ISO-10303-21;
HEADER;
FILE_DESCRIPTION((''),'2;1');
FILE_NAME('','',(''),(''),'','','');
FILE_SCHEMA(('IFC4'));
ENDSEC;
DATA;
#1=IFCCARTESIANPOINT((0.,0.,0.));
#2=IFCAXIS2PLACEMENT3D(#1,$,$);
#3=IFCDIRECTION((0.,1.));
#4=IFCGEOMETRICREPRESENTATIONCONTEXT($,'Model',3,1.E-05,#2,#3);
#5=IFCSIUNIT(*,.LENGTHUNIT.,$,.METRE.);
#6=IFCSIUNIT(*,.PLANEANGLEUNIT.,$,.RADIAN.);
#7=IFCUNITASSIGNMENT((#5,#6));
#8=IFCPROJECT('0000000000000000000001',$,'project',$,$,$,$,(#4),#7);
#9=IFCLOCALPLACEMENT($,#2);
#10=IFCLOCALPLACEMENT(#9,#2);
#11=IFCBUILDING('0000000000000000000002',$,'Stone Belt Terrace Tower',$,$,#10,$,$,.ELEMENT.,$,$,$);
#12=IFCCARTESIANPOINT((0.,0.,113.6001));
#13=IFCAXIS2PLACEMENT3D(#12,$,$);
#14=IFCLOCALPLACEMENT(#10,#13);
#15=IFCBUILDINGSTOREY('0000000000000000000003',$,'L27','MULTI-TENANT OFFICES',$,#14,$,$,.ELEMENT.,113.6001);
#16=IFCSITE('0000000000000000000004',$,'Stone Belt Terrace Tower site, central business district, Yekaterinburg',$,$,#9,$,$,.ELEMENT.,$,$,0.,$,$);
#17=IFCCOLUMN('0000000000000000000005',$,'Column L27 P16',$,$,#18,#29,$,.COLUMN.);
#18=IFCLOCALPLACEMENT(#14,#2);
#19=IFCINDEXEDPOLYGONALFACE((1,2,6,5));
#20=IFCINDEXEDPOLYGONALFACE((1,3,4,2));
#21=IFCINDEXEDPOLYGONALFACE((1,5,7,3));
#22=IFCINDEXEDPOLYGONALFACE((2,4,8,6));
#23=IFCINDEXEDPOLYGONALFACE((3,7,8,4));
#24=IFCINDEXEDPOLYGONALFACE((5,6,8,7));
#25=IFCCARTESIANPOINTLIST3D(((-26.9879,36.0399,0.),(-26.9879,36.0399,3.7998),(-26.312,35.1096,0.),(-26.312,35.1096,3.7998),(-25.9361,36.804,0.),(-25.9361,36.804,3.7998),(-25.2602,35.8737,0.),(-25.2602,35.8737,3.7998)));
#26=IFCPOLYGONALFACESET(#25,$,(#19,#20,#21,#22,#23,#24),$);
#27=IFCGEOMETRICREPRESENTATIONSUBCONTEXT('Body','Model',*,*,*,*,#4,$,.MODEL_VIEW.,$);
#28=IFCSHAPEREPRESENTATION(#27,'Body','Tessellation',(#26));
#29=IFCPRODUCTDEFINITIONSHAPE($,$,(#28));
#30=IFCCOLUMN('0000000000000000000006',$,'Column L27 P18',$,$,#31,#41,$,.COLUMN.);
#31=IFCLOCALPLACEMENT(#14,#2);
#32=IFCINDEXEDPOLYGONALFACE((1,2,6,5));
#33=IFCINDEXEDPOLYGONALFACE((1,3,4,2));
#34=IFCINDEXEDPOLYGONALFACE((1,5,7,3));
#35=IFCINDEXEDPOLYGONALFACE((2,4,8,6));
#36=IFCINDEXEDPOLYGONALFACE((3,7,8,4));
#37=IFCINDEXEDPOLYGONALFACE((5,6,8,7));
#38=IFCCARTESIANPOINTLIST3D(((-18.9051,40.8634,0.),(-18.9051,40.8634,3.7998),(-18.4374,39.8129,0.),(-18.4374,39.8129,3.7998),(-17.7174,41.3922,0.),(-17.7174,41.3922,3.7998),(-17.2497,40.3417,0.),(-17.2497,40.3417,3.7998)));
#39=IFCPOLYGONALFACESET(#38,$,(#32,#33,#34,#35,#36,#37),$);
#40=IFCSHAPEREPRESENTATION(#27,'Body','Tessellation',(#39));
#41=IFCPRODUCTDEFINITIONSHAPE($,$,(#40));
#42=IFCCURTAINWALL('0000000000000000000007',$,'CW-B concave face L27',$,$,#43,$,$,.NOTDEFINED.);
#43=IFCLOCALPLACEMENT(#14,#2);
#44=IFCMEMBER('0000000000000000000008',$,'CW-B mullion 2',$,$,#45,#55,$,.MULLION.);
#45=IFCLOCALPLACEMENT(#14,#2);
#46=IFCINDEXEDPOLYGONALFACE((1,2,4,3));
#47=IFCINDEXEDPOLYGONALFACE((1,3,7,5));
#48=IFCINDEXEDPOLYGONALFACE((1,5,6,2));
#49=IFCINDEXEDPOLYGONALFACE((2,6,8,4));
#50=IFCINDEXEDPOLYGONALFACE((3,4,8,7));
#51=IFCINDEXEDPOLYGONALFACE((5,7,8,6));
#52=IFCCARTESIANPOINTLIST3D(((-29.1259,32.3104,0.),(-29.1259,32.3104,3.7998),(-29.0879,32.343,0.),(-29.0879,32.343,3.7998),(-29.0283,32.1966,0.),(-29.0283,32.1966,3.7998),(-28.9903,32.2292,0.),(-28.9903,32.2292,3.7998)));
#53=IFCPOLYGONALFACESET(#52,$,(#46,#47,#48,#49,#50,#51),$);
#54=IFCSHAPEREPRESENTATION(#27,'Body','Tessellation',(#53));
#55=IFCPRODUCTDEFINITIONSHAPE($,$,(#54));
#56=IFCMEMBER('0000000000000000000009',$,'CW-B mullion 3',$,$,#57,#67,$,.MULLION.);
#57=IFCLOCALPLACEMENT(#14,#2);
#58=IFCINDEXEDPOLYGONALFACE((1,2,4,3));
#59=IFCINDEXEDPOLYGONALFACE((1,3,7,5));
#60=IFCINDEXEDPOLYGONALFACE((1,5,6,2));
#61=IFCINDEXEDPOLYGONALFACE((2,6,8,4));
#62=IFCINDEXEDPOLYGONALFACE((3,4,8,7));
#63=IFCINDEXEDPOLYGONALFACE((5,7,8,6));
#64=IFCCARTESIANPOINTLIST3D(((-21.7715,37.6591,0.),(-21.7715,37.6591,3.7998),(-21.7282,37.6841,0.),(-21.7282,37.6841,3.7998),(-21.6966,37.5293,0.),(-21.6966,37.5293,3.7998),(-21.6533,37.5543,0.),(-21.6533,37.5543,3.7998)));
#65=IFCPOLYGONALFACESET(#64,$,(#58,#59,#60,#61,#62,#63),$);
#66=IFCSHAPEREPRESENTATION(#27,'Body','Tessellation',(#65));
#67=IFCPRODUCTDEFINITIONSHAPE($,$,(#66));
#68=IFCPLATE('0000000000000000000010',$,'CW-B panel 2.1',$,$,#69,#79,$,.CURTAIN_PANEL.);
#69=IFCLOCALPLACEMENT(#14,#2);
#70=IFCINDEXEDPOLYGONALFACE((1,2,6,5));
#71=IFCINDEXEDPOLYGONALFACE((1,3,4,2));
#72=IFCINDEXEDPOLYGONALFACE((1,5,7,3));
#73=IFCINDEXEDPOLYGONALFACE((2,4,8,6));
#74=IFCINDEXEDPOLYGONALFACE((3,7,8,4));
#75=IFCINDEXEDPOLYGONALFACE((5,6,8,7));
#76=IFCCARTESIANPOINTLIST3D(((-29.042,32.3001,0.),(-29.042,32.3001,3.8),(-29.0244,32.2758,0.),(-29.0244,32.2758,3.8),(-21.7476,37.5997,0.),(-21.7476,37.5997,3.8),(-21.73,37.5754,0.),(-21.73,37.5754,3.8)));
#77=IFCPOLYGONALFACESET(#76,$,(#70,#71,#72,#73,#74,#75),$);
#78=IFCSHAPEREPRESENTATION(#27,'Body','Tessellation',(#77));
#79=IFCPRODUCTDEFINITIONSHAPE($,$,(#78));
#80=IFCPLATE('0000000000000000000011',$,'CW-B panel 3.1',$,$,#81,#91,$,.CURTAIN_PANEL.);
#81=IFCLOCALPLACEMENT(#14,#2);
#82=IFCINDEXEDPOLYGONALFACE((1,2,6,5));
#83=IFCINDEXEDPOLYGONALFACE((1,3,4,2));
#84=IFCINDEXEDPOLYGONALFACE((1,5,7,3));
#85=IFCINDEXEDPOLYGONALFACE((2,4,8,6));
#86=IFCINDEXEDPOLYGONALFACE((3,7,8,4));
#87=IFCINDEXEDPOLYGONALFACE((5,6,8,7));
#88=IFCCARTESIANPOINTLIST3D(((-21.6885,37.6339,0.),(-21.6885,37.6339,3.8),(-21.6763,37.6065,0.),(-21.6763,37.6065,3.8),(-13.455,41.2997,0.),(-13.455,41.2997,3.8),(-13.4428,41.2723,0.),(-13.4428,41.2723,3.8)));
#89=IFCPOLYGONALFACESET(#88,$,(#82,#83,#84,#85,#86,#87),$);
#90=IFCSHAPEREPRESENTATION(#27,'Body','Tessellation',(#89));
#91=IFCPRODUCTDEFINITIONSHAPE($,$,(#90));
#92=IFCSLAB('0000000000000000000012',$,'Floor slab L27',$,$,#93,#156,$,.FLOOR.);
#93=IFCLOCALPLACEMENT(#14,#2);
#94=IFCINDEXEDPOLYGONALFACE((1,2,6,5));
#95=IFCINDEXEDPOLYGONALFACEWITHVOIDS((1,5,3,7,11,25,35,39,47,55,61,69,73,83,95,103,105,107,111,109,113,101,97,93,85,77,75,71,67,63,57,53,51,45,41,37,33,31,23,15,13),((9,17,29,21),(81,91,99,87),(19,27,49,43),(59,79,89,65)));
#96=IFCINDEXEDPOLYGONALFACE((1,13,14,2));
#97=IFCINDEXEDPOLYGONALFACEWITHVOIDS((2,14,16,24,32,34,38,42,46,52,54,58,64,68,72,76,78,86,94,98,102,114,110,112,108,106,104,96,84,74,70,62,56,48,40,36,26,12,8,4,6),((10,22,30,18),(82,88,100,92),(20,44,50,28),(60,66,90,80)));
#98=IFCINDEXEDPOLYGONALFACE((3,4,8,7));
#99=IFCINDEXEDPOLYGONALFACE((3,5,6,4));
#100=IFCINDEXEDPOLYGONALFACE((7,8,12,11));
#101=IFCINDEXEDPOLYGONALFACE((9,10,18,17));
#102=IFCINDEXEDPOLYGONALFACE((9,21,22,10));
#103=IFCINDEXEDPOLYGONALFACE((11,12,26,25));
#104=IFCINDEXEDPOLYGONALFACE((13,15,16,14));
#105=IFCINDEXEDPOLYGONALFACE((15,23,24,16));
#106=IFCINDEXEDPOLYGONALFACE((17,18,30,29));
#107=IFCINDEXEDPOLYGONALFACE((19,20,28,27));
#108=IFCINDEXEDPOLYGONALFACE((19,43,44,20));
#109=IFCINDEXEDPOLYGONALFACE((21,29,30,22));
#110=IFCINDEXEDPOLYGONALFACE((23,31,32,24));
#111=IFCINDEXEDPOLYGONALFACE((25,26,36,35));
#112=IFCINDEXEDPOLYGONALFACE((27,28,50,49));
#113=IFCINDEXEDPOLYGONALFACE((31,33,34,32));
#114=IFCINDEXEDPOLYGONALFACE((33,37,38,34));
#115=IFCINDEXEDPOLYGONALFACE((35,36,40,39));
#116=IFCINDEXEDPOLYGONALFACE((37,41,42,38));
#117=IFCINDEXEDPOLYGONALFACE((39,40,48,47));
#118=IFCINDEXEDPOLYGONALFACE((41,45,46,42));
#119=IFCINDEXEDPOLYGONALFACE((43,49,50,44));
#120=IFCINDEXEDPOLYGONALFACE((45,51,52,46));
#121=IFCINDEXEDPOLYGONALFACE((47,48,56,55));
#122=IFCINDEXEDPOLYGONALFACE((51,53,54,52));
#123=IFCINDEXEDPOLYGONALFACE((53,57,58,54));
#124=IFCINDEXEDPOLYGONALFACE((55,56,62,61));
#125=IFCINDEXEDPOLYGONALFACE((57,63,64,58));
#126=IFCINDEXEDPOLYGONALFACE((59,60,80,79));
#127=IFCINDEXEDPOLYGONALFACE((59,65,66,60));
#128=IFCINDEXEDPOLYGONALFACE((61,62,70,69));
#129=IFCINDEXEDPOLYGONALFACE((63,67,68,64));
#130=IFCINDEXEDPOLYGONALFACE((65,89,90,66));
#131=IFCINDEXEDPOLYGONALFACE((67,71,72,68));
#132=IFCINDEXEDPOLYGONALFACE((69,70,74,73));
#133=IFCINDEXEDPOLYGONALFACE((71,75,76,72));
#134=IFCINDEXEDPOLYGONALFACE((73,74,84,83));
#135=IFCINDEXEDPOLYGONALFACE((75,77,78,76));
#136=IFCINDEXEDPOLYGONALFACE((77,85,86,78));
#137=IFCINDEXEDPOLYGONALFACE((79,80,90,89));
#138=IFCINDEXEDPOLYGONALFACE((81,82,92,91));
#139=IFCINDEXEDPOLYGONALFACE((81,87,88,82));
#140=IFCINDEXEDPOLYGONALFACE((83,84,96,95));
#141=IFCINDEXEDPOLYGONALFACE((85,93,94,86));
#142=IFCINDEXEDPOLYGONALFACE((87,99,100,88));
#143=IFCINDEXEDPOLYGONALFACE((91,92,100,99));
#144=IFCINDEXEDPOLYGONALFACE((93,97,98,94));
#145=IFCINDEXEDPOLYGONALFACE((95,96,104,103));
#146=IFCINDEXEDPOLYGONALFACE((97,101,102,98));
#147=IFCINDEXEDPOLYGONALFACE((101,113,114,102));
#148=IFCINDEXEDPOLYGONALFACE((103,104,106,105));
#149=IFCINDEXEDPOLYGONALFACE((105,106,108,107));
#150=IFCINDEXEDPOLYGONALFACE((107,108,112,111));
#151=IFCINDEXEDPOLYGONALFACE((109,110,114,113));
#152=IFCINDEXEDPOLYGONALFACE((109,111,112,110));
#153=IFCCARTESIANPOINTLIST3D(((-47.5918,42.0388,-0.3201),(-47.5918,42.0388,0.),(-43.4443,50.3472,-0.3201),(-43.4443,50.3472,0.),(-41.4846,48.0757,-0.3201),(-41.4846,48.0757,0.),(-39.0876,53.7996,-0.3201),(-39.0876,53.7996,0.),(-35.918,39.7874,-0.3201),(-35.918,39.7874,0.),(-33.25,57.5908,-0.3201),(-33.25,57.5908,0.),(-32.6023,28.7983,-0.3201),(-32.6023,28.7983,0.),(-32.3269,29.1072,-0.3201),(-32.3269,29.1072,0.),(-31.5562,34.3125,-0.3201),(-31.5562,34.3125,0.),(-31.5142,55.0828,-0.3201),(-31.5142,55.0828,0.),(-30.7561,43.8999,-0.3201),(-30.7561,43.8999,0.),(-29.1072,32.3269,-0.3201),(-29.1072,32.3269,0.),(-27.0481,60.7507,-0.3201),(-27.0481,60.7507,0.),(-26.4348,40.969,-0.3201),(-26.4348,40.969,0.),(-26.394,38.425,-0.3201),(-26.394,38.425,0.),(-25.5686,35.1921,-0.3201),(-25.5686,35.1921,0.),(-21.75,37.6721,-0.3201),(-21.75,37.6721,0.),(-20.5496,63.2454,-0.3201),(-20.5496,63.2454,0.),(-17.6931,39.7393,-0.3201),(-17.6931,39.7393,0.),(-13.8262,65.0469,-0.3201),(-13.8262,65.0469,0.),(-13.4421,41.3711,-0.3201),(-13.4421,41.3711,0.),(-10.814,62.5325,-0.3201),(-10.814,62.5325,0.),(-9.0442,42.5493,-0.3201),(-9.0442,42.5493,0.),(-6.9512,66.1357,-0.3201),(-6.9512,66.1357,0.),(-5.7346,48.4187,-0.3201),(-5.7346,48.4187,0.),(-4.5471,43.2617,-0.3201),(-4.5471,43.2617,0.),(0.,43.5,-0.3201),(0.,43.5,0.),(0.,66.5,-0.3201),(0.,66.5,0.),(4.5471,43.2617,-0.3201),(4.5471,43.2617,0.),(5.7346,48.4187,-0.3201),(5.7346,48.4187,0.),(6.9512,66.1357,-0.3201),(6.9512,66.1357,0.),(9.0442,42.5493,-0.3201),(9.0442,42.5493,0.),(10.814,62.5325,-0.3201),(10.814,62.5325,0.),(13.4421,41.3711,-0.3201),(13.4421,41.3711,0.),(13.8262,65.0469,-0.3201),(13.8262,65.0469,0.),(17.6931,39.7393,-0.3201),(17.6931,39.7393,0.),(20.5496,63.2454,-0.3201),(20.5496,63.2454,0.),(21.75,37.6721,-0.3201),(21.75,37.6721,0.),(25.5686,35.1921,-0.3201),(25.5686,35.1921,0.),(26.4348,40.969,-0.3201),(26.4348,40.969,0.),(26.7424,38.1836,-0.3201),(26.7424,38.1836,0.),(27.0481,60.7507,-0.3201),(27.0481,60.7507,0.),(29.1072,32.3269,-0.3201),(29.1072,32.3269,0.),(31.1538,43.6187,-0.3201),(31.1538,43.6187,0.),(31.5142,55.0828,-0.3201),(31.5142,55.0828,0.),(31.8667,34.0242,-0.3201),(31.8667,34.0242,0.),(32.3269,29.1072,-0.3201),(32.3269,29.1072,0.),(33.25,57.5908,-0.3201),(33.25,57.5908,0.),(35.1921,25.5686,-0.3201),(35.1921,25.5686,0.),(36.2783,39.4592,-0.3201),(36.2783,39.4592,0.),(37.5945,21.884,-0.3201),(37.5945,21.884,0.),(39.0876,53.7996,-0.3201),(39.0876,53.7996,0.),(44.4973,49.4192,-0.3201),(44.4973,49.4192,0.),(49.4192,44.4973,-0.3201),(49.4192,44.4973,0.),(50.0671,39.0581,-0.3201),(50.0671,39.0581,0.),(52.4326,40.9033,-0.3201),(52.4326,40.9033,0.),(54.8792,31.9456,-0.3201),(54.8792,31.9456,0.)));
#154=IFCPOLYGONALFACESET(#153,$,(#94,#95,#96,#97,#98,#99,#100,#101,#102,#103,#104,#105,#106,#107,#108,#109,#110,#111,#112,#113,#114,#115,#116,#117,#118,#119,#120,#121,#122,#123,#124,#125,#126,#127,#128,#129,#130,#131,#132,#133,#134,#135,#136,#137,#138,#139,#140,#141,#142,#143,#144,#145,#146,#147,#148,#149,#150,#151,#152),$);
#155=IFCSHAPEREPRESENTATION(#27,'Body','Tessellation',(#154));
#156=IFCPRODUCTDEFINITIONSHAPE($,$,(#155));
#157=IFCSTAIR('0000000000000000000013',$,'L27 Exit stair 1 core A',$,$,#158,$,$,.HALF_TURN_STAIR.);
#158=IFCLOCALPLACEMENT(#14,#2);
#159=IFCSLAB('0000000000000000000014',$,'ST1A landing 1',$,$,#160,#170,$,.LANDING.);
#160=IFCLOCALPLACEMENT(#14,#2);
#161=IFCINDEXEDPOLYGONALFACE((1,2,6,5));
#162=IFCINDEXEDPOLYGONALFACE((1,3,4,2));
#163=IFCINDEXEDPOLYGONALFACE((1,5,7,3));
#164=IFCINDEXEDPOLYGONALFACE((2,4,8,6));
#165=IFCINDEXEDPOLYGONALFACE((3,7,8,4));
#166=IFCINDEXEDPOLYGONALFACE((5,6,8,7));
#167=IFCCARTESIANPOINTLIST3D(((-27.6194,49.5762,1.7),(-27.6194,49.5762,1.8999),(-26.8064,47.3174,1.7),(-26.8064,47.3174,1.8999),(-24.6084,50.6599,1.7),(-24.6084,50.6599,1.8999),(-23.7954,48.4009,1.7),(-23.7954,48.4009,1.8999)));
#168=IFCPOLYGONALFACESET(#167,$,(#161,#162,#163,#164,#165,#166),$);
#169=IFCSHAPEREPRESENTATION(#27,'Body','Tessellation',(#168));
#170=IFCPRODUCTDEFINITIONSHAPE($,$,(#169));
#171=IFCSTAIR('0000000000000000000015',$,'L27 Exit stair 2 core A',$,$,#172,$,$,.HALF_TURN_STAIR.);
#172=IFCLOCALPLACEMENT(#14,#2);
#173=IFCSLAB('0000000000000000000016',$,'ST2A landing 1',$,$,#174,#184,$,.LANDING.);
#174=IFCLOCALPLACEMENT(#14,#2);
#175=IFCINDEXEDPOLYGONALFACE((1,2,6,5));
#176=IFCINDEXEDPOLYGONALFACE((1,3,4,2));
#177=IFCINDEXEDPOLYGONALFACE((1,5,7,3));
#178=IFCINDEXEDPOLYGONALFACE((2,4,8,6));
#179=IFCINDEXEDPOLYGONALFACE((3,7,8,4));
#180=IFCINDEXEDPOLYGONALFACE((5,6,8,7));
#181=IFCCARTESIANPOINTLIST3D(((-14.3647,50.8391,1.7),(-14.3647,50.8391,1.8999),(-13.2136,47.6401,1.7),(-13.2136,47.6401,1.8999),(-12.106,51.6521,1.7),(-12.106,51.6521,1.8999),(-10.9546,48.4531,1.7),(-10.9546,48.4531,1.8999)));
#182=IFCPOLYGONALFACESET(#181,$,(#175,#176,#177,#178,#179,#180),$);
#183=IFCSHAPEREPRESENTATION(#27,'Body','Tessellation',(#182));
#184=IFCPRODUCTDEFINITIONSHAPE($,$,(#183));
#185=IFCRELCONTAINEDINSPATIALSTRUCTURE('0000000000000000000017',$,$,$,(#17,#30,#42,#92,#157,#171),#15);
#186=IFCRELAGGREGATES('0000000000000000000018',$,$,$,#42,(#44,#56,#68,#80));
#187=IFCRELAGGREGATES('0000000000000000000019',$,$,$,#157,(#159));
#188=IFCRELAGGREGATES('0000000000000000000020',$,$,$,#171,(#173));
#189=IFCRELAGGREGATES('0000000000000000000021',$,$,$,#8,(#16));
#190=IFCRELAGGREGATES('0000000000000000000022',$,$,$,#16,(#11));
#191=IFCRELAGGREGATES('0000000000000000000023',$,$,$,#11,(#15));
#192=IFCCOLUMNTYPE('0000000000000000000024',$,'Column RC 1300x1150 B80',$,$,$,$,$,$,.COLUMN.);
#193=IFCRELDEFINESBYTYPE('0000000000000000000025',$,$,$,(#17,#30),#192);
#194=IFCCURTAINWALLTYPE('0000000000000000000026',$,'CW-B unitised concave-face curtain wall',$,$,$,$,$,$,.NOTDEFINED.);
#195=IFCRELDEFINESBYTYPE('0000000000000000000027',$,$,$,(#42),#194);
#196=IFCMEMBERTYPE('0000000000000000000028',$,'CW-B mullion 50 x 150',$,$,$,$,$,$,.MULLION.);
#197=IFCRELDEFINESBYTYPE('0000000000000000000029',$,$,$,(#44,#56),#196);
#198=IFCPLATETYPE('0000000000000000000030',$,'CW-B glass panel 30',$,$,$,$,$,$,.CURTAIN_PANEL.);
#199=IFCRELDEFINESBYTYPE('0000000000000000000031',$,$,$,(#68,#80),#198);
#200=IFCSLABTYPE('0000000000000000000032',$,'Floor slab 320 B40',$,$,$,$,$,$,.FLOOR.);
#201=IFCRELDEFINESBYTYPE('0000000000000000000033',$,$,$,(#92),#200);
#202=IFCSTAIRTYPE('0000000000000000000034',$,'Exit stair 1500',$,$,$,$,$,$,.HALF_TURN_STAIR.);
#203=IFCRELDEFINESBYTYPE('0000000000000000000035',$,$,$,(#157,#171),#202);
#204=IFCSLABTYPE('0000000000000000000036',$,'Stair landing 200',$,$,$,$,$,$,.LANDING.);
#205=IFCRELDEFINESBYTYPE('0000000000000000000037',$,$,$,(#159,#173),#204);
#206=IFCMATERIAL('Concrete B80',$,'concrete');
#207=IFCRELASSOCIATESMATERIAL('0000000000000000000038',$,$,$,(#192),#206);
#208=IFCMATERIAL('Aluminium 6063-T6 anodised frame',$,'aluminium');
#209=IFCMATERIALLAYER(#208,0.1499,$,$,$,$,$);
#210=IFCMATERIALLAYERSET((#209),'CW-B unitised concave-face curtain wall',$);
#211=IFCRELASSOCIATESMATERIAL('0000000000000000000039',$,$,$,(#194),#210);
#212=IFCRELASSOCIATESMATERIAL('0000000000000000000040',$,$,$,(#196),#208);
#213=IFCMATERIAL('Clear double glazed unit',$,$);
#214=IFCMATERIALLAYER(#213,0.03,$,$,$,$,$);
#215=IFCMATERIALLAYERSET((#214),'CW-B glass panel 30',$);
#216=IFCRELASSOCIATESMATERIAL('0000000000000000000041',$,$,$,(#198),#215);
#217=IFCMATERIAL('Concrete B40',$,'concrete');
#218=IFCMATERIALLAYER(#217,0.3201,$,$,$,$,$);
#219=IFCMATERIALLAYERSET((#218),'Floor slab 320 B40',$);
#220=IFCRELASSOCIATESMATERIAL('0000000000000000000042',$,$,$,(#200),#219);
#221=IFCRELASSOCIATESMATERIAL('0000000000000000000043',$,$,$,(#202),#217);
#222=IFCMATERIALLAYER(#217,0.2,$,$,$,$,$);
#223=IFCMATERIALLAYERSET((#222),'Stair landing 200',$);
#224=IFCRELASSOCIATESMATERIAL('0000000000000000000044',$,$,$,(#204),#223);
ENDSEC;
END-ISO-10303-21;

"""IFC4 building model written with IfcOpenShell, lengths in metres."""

from ifc_helpers import new_model, si_unit, direction, frame, origin, origin_2d, place, context, subcontext, project, spatial, polyline, rectangle, outline, extrude, material, layer, layer_set, material_profile, profile_set, type_object, element, aggregate, save


model = new_model("IFC4")

# Units and contexts
model_context = context("Model", 3, precision=1e-05, world=origin(), true_north=direction((0.0, 1.0)))
body_context = subcontext(model_context, "Body", "Model", "MODEL_VIEW")
ifc_project = project(units=[si_unit("LENGTHUNIT", "METRE"), si_unit("PLANEANGLEUNIT", "RADIAN")], contexts=[model_context])

# Site, building, storey
site_placement = place(None, origin())
site = spatial("IfcSite", under=ifc_project, at=site_placement, Name="Stone Belt Terrace Tower site, central business district, Yekaterinburg", CompositionType="ELEMENT", RefElevation=0.0)
building_placement = place(site_placement, origin())
building = spatial("IfcBuilding", under=site, at=building_placement, Name="Stone Belt Terrace Tower", CompositionType="ELEMENT")
storey_placement = place(building_placement, frame((0.0, 0.0, 113.6001)))
storey = spatial("IfcBuildingStorey", under=building, at=storey_placement, Name="L27", Description="MULTI-TENANT OFFICES", CompositionType="ELEMENT", Elevation=113.6001)

# Columns
ifc_material_1 = material(Name="Concrete B80", Category="concrete")
ifc_material_profile_1 = material_profile(ifc_material_1, rectangle(XDim=1.3, YDim=1.1499, at=origin_2d()), Name="RC 1300x1150")
ifc_profile_set_1 = profile_set([ifc_material_profile_1], Name="Concrete B80")
column_type = type_object("IfcColumnType", Name="Column RC 1300x1150 B80", PredefinedType="COLUMN", material=ifc_profile_set_1)
for number, where, z_axis, x_axis, name in (
    (1, (-26.124, 35.9568, 0.0), (0.0, 0.0, 1.0), (0.809017, 0.587785, 0.0), "Column L27 P16"),
    (2, (-18.0774, 40.6025, 0.0), (0.0, 0.0, 1.0), (0.913545, 0.406737, 0.0), "Column L27 P18"),
):
    element("IfcColumn", number, at=place(storey_placement, frame(where, z_axis=z_axis, x_axis=x_axis)), inside=storey, type_object=column_type, Name=name, PredefinedType="COLUMN", context=body_context, shape_type="SweptSolid", body=[
        extrude(rectangle(XDim=1.3, YDim=1.1499, at=origin_2d()), origin(), (0.0, 0.0, 1.0), 3.7998),
    ])

# Curtain wall, members, plates
ifc_material_2 = material(Name="Aluminium 6063-T6 anodised frame", Category="aluminium")
ifc_layer_1 = layer(ifc_material_2, 0.1499)
ifc_layer_set_1 = layer_set([ifc_layer_1], Name="CW-B unitised concave-face curtain wall")
curtain_wall_type = type_object("IfcCurtainWallType", Name="CW-B unitised concave-face curtain wall", PredefinedType="NOTDEFINED", material=ifc_layer_set_1)
curtain_wall_placement = place(storey_placement, origin())
curtain_wall = element("IfcCurtainWall", 3, at=curtain_wall_placement, inside=storey, type_object=curtain_wall_type, Name="CW-B concave face L27", PredefinedType="NOTDEFINED")
ifc_material_profile_2 = material_profile(ifc_material_2, rectangle(XDim=0.1499, YDim=0.05, at=origin_2d()), Name="Aluminium 6063-T6 50x150")
ifc_profile_set_2 = profile_set([ifc_material_profile_2], Name="Aluminium 6063-T6 anodised frame")
member_type = type_object("IfcMemberType", Name="CW-B mullion 50 x 150", PredefinedType="MULLION", material=ifc_profile_set_2)
member_1_placement = place(storey_placement, frame((-29.0581, 32.2698, 0.0), z_axis=(0.0, 0.0, 1.0), x_axis=(-0.651255, 0.758859, 0.0)))
member_1 = element("IfcMember", 4, at=member_1_placement, type_object=member_type, Name="CW-B mullion 2", PredefinedType="MULLION", context=body_context, shape_type="SweptSolid", body=[
    extrude(rectangle(XDim=0.1499, YDim=0.05, at=origin_2d()), origin(), (0.0, 0.0, 1.0), 3.7998),
])
member_2_placement = place(storey_placement, frame((-21.7124, 37.6067, 0.0), z_axis=(0.0, 0.0, 1.0), x_axis=(-0.5, 0.866025, 0.0)))
member_2 = element("IfcMember", 5, at=member_2_placement, type_object=member_type, Name="CW-B mullion 3", PredefinedType="MULLION", context=body_context, shape_type="SweptSolid", body=[
    extrude(rectangle(XDim=0.1499, YDim=0.05, at=origin_2d()), origin(), (0.0, 0.0, 1.0), 3.7998),
])
ifc_material_3 = material(Name="Clear double glazed unit")
ifc_layer_2 = layer(ifc_material_3, 0.03)
ifc_layer_set_2 = layer_set([ifc_layer_2], Name="CW-B glass panel 30")
plate_type = type_object("IfcPlateType", Name="CW-B glass panel 30", PredefinedType="CURTAIN_PANEL", material=ifc_layer_set_2)
plate_1_placement = place(storey_placement, frame((-25.386, 34.9377, 0.0), z_axis=(0.0, 0.0, 1.0), x_axis=(0.809017, 0.587785, 0.0)))
plate_1 = element("IfcPlate", 6, at=plate_1_placement, type_object=plate_type, Name="CW-B panel 2.1", PredefinedType="CURTAIN_PANEL", context=body_context, shape_type="SweptSolid", body=[
    extrude(rectangle(XDim=9.0164, YDim=0.03, at=origin_2d()), origin(), (0.0, 0.0, 1.0), 3.8),
])
plate_2_placement = place(storey_placement, frame((-17.5657, 39.4531, 0.0), z_axis=(0.0, 0.0, 1.0), x_axis=(0.913545, 0.406737, 0.0)))
plate_2 = element("IfcPlate", 7, at=plate_2_placement, type_object=plate_type, Name="CW-B panel 3.1", PredefinedType="CURTAIN_PANEL", context=body_context, shape_type="SweptSolid", body=[
    extrude(rectangle(XDim=9.0127, YDim=0.03, at=origin_2d()), origin(), (0.0, 0.0, 1.0), 3.8),
])
aggregate(curtain_wall, [member_1, member_2, plate_1, plate_2])

# Slab
ifc_material_4 = material(Name="Concrete B40", Category="concrete")
ifc_layer_3 = layer(ifc_material_4, 0.3201)
ifc_layer_set_3 = layer_set([ifc_layer_3], Name="Floor slab 320 B40")
slab_type_1 = type_object("IfcSlabType", Name="Floor slab 320 B40", PredefinedType="FLOOR", material=ifc_layer_set_3)
slab_1_placement = place(storey_placement, frame((0.0, 0.0, -0.3201)))
element("IfcSlab", 8, at=slab_1_placement, inside=storey, type_object=slab_type_1, Name="Floor slab L27", PredefinedType="FLOOR", context=body_context, shape_type="SweptSolid", body=[
    extrude(outline(polyline([(-39.0876, 53.7996), (-33.25, 57.5908), (-27.0481, 60.7507), (-20.5496, 63.2454), (-13.8262, 65.0469), (-6.9512, 66.1357), (0.0, 66.5), (6.9512, 66.1357), (13.8262, 65.0469), (20.5496, 63.2454), (27.0481, 60.7507), (33.25, 57.5908), (39.0876, 53.7996), (44.4973, 49.4192), (49.4192, 44.4973), (52.4326, 40.9033), (50.0671, 39.0581), (54.8792, 31.9456), (37.5945, 21.884), (35.1921, 25.5686), (32.3269, 29.1072), (29.1072, 32.3269), (25.5686, 35.1921), (21.75, 37.6721), (17.6931, 39.7393), (13.4421, 41.3711), (9.0442, 42.5493), (4.5471, 43.2617), (0.0, 43.5), (-4.5471, 43.2617), (-9.0442, 42.5493), (-13.4421, 41.3711), (-17.6931, 39.7393), (-21.75, 37.6721), (-25.5686, 35.1921), (-29.1072, 32.3269), (-32.3269, 29.1072), (-32.6023, 28.7983), (-47.5918, 42.0388), (-41.4846, 48.0757), (-43.4443, 50.3472), (-39.0876, 53.7996)]), holes=[polyline([(-26.4348, 40.969), (-5.7346, 48.4187), (-10.814, 62.5325), (-31.5142, 55.0828), (-26.4348, 40.969)]), polyline([(10.814, 62.5325), (5.7346, 48.4187), (26.4348, 40.969), (31.5142, 55.0828), (10.814, 62.5325)]), polyline([(-35.918, 39.7874), (-31.5562, 34.3125), (-26.394, 38.425), (-30.7561, 43.8999), (-35.918, 39.7874)]), polyline([(36.2783, 39.4592), (31.1538, 43.6187), (26.7424, 38.1836), (31.8667, 34.0242), (36.2783, 39.4592)])]), origin(), (0.0, 0.0, 1.0), 0.3201),
])

# Stairs, slabs
stair_type = type_object("IfcStairType", Name="Exit stair 1500", PredefinedType="HALF_TURN_STAIR", material=ifc_material_4)
stair_1_placement = place(storey_placement, origin())
stair_1 = element("IfcStair", 9, at=stair_1_placement, inside=storey, type_object=stair_type, Name="L27 Exit stair 1 core A", PredefinedType="HALF_TURN_STAIR")
ifc_layer_4 = layer(ifc_material_4, 0.2)
ifc_layer_set_4 = layer_set([ifc_layer_4], Name="Stair landing 200")
slab_type_2 = type_object("IfcSlabType", Name="Stair landing 200", PredefinedType="LANDING", material=ifc_layer_set_4)
slab_2_placement = place(storey_placement, frame((0.0, 0.0, 1.7)))
slab_2 = element("IfcSlab", 10, at=slab_2_placement, type_object=slab_type_2, Name="ST1A landing 1", PredefinedType="LANDING", context=body_context, shape_type="SweptSolid", body=[
    extrude(outline(polyline([(-23.7954, 48.4009), (-24.6084, 50.6599), (-27.6194, 49.5762), (-26.8064, 47.3174), (-23.7954, 48.4009)])), origin(), (0.0, 0.0, 1.0), 0.2),
])
aggregate(stair_1, [slab_2])
stair_2_placement = place(storey_placement, origin())
stair_2 = element("IfcStair", 11, at=stair_2_placement, inside=storey, type_object=stair_type, Name="L27 Exit stair 2 core A", PredefinedType="HALF_TURN_STAIR")
slab_3_placement = place(storey_placement, frame((0.0, 0.0, 1.7)))
slab_3 = element("IfcSlab", 12, at=slab_3_placement, type_object=slab_type_2, Name="ST2A landing 1", PredefinedType="LANDING", context=body_context, shape_type="SweptSolid", body=[
    extrude(outline(polyline([(-13.2136, 47.6401), (-10.9546, 48.4531), (-12.106, 51.6521), (-14.3647, 50.8391), (-13.2136, 47.6401)])), origin(), (0.0, 0.0, 1.0), 0.2),
])
aggregate(stair_2, [slab_3])

save(model, "model.ifc")
